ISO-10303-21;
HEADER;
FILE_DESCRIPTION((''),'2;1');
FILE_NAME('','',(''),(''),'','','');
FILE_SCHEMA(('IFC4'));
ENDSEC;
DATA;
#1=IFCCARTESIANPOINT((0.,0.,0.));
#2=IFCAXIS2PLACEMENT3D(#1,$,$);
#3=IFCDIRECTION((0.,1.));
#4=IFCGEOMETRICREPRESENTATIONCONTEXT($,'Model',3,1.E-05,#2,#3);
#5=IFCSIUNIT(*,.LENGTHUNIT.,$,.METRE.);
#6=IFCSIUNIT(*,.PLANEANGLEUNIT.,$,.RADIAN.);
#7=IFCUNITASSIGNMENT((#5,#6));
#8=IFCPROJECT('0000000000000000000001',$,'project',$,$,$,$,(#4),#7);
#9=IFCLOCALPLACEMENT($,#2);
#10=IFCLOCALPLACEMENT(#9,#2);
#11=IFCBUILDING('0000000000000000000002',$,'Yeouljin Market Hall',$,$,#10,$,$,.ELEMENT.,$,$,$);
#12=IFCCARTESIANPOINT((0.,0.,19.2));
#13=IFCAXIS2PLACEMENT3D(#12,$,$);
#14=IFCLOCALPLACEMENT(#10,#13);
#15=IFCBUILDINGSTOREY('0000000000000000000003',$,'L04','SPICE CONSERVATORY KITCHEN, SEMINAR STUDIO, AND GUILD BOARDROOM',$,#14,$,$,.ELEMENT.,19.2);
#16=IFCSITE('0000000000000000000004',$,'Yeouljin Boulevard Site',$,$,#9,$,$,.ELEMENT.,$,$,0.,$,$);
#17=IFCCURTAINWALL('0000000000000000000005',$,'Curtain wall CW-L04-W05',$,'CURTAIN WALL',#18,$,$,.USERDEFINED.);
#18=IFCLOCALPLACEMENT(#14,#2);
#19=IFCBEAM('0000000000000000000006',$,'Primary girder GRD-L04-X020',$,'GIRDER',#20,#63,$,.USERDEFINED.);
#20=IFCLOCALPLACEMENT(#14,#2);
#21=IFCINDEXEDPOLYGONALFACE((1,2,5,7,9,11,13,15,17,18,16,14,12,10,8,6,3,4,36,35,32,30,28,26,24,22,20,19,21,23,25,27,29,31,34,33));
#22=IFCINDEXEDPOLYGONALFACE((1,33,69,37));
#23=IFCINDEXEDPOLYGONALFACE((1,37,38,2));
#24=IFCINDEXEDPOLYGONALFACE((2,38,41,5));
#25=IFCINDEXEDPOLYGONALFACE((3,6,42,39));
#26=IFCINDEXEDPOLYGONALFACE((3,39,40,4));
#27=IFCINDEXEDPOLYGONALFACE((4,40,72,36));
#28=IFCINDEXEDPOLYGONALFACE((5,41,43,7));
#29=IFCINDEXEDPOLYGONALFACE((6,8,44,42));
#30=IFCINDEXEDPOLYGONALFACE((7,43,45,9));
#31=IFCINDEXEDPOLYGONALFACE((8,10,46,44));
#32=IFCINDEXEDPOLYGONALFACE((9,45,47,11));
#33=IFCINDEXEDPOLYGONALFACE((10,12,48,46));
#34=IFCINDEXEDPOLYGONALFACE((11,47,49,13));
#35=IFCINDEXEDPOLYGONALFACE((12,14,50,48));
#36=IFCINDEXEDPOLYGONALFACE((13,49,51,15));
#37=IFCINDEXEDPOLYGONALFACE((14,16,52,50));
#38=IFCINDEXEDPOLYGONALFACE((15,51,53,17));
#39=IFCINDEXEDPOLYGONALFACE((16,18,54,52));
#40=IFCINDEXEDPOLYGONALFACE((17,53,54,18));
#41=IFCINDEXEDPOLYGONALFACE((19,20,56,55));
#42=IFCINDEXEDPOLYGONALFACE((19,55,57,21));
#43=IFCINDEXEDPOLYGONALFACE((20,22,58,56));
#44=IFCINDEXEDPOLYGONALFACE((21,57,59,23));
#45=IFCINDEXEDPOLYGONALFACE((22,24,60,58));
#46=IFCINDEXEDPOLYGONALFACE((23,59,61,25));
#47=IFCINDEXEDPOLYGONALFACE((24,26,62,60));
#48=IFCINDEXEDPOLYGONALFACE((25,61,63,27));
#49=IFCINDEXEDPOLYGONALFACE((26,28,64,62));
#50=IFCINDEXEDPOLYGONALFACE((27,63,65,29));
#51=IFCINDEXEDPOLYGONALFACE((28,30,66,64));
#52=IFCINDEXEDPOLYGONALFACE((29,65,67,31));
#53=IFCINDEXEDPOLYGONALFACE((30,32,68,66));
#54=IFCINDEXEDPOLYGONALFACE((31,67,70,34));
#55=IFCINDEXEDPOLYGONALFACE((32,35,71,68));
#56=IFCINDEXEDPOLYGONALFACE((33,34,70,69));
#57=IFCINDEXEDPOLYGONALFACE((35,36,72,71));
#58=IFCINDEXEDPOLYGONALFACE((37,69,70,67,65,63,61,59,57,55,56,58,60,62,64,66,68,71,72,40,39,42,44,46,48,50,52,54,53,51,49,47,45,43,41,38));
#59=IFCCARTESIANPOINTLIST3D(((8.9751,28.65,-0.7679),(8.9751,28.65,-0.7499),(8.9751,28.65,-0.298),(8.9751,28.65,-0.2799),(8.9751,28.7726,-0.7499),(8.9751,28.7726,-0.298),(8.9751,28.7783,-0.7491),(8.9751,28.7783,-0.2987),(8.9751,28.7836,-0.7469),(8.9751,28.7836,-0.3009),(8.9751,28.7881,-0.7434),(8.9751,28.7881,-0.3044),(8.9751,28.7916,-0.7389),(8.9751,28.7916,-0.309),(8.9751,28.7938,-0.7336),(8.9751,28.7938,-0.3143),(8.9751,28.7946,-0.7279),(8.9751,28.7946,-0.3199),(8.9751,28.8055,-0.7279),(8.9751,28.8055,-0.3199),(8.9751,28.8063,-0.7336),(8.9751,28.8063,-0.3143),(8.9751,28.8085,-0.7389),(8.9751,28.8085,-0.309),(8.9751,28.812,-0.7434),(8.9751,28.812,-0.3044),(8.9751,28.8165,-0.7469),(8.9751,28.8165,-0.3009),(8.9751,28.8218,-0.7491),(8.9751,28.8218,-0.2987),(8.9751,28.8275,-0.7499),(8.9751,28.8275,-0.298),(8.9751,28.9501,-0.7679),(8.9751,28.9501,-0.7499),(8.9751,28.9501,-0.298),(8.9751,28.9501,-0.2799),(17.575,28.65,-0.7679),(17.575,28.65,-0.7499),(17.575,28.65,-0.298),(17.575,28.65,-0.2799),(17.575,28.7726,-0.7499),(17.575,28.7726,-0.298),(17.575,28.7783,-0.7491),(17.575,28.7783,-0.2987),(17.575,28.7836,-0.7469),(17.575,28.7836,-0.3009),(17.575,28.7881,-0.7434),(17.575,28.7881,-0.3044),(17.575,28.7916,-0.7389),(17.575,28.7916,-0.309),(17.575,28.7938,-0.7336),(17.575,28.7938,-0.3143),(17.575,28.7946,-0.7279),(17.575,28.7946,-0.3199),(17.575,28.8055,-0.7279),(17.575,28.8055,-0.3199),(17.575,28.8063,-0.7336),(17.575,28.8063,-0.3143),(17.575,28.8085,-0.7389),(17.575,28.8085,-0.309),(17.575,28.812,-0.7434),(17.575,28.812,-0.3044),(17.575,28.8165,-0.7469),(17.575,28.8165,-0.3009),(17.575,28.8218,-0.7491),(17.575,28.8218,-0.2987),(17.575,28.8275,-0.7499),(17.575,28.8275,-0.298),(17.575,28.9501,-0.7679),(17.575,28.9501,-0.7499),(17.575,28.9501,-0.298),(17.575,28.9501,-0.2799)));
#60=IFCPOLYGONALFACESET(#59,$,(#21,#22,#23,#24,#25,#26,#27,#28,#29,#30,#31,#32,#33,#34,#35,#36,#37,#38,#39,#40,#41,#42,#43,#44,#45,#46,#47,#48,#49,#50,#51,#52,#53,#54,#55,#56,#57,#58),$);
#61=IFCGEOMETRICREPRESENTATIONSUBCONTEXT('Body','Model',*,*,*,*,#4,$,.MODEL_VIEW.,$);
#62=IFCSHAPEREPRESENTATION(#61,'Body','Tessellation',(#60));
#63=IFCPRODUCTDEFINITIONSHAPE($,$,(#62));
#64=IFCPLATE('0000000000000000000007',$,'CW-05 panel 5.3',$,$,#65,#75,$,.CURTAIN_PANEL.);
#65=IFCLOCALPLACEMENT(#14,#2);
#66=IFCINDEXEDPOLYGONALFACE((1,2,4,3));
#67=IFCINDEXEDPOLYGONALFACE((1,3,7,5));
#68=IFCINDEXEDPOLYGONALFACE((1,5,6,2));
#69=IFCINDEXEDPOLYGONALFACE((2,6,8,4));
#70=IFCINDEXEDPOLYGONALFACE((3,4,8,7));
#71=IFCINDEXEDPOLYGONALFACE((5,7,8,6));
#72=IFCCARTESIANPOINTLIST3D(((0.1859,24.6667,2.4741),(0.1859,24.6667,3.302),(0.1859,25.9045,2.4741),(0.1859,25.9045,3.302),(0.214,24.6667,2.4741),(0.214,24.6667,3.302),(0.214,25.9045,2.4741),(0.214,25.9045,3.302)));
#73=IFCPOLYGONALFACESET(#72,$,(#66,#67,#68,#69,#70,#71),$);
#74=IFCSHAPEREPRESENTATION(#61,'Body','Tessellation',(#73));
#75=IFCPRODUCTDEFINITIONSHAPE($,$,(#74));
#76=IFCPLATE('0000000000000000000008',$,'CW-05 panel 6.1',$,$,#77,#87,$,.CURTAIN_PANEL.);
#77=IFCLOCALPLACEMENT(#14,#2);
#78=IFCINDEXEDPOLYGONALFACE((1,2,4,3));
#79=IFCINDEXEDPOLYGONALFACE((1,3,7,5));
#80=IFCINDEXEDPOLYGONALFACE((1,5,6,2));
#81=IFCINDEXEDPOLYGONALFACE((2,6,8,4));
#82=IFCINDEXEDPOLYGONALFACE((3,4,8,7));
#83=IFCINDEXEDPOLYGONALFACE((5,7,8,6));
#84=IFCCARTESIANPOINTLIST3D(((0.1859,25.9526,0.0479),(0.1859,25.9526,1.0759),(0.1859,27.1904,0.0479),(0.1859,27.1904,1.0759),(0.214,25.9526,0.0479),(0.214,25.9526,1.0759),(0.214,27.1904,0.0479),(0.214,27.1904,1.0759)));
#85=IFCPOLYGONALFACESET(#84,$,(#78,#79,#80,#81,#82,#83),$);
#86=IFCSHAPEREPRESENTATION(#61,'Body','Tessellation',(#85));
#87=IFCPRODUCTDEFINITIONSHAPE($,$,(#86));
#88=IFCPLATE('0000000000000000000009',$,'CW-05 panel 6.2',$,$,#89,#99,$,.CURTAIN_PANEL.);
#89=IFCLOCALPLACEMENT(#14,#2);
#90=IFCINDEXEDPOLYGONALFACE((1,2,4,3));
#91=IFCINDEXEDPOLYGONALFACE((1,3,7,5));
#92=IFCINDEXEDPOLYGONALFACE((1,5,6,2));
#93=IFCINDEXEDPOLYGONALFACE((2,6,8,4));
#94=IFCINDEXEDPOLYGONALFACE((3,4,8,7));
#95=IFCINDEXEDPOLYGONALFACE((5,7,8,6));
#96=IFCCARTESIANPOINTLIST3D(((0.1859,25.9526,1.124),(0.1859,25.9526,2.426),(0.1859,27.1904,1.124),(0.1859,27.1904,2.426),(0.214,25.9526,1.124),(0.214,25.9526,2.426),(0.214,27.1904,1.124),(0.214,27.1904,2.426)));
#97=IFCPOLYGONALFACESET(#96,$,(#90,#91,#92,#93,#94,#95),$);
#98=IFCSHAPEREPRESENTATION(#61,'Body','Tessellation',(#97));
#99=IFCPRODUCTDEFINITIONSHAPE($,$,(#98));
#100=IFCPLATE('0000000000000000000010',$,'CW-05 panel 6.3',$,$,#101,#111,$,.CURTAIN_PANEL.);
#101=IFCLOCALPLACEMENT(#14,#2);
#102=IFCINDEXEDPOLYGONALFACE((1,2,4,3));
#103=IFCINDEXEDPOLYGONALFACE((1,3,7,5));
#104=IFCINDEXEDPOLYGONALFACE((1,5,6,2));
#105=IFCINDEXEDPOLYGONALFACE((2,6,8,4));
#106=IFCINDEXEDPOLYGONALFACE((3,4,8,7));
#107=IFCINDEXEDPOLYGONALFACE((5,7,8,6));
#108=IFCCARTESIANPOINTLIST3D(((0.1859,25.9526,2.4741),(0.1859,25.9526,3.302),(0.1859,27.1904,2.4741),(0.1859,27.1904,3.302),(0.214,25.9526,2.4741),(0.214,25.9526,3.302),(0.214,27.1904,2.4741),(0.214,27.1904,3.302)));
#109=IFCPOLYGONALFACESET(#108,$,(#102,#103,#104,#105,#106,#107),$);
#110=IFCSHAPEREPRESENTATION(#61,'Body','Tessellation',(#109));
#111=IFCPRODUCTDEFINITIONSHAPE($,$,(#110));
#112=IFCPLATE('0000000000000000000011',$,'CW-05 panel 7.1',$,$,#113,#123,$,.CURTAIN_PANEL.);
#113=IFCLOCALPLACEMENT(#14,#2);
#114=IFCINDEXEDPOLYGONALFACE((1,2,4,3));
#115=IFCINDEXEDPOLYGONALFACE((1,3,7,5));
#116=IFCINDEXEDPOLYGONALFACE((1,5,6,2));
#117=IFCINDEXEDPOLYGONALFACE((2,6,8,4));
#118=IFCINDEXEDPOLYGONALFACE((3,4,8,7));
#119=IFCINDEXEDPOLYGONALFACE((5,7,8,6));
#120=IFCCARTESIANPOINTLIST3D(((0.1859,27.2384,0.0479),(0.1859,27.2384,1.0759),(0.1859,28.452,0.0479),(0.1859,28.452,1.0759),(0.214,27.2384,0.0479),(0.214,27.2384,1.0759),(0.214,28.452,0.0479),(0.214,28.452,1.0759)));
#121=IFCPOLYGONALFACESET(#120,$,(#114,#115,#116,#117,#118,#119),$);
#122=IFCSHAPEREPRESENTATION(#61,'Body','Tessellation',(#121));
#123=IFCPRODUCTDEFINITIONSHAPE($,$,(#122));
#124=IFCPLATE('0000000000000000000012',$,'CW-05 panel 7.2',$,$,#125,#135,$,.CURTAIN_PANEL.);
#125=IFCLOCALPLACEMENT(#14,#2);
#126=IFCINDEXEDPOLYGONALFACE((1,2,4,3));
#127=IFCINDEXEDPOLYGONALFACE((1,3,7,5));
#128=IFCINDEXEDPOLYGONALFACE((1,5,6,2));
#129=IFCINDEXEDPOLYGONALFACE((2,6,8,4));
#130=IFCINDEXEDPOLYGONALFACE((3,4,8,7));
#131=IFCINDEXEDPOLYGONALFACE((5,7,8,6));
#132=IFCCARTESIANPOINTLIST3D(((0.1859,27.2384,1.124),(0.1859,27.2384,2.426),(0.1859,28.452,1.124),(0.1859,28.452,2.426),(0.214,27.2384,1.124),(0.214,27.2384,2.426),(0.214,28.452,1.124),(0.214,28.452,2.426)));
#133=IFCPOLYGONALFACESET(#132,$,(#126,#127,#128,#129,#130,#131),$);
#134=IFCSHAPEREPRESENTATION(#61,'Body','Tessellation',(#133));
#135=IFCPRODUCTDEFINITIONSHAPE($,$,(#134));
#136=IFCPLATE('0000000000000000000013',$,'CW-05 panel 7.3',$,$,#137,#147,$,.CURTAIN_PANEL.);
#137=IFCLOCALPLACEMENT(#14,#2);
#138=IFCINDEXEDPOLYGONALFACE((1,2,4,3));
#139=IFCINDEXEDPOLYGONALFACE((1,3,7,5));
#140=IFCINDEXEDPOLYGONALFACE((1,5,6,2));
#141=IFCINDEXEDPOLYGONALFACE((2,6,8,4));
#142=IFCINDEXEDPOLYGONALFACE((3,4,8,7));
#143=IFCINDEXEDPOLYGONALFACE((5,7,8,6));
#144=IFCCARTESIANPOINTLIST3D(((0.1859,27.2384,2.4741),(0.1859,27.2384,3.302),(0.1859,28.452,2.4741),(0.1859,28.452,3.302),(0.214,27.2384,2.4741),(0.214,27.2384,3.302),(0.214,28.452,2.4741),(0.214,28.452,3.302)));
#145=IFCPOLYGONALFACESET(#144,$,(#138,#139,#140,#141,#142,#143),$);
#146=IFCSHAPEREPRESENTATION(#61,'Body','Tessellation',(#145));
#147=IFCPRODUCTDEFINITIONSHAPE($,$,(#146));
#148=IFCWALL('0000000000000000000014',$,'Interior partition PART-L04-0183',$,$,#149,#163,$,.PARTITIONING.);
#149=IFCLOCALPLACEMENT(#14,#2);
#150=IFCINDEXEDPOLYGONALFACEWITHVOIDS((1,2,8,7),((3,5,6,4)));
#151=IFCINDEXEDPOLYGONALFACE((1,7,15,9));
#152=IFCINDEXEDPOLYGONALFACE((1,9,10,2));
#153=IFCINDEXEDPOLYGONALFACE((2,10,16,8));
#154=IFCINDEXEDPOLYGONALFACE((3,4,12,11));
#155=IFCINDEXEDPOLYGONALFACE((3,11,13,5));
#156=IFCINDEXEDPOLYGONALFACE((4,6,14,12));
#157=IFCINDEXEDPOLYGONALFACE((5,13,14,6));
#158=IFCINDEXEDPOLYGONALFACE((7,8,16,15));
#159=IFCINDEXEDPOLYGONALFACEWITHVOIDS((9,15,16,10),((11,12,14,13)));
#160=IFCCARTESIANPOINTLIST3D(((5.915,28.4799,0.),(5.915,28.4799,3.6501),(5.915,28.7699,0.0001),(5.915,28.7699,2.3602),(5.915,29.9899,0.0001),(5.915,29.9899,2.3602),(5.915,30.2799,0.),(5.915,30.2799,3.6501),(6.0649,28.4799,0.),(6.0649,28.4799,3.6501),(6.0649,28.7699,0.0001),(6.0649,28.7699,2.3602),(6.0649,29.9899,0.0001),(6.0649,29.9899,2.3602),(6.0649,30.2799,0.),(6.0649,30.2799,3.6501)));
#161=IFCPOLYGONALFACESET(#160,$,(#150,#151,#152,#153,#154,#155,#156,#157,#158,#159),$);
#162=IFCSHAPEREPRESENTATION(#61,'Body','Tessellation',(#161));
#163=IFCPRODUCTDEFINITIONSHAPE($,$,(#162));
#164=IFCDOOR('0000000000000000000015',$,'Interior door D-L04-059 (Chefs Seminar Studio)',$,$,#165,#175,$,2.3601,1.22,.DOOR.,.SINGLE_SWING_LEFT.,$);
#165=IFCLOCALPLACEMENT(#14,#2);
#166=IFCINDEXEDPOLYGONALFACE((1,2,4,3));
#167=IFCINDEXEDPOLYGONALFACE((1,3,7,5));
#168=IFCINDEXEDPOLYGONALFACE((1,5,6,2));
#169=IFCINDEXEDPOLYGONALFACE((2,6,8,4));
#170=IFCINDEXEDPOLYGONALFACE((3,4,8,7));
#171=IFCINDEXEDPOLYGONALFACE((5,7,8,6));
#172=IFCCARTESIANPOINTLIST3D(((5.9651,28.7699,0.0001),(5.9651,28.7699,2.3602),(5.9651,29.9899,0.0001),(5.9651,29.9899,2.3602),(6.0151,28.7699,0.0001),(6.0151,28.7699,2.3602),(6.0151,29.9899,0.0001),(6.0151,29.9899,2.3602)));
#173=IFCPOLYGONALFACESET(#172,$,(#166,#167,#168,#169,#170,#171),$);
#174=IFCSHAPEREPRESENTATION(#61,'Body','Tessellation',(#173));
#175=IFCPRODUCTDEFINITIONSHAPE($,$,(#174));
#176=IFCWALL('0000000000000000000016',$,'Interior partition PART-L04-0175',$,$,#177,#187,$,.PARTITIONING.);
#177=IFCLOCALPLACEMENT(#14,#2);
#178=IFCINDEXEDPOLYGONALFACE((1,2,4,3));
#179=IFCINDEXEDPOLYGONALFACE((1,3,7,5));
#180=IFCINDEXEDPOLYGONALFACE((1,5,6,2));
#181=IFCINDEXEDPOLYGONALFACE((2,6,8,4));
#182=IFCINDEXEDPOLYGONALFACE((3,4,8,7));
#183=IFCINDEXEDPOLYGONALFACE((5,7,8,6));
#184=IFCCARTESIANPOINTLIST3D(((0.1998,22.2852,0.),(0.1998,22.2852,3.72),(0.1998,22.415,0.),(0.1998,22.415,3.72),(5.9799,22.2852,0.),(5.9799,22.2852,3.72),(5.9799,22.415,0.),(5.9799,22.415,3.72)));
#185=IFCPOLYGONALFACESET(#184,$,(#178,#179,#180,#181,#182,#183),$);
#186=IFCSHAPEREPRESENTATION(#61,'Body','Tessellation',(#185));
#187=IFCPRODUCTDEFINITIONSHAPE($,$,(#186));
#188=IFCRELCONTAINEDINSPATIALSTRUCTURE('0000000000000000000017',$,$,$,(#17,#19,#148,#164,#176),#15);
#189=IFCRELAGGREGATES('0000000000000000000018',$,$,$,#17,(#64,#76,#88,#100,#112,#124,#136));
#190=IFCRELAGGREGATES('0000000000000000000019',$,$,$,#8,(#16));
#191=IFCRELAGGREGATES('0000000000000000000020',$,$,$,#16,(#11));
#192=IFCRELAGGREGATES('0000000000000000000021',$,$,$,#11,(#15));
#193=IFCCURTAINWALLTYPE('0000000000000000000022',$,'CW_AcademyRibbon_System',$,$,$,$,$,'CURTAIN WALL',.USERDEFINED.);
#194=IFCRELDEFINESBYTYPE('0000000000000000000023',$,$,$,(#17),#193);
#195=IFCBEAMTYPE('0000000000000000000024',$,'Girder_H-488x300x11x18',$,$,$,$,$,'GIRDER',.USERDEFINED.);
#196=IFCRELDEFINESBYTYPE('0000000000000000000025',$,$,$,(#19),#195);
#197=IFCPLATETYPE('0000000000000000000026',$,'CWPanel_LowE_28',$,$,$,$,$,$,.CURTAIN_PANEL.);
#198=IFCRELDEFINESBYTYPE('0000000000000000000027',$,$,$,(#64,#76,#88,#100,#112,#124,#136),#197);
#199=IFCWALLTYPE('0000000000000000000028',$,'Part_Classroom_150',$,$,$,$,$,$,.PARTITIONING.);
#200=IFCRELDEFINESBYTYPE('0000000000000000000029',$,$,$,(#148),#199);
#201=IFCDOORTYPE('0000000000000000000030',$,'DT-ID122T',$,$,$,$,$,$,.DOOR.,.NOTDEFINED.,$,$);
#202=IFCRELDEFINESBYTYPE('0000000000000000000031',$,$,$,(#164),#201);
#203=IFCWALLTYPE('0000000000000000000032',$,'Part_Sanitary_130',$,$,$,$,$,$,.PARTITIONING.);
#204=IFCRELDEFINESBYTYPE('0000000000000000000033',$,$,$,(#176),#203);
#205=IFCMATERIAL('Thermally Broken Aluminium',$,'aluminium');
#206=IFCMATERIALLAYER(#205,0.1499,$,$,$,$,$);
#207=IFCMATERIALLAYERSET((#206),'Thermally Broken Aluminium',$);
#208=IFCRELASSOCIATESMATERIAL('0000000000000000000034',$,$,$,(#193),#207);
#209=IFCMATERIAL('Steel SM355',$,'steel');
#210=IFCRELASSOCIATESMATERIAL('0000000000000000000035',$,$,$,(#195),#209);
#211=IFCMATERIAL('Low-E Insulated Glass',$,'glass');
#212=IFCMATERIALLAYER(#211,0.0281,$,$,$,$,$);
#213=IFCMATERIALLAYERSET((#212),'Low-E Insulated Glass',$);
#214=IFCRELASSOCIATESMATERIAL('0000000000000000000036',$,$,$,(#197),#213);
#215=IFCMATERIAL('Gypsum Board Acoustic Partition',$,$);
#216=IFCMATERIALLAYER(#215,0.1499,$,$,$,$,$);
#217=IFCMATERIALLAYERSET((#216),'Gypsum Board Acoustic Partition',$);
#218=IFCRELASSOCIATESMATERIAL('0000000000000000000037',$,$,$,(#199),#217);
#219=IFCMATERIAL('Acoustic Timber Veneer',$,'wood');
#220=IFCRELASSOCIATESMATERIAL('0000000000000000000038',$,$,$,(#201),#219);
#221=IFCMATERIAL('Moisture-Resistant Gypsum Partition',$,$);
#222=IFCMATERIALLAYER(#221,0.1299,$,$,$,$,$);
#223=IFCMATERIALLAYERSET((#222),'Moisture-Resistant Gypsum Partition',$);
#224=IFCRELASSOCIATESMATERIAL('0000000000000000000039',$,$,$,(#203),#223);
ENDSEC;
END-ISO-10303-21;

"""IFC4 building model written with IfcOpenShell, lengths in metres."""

from ifc_helpers import new_model, si_unit, direction, frame, frame_2d, origin, origin_2d, place, context, subcontext, project, spatial, rectangle, i_section, extrude, material, layer, layer_set, material_profile, profile_set, type_object, element, fill, aggregate, save


model = new_model("IFC4")

# Units and contexts
model_context = context("Model", 3, precision=1e-05, world=origin(), true_north=direction((0.0, 1.0)))
body_context = subcontext(model_context, "Body", "Model", "MODEL_VIEW")
ifc_project = project(units=[si_unit("LENGTHUNIT", "METRE"), si_unit("PLANEANGLEUNIT", "RADIAN")], contexts=[model_context])

# Site, building, storey
site_placement = place(None, origin())
site = spatial("IfcSite", under=ifc_project, at=site_placement, Name="Yeouljin Boulevard Site", CompositionType="ELEMENT", RefElevation=0.0)
building_placement = place(site_placement, origin())
building = spatial("IfcBuilding", under=site, at=building_placement, Name="Yeouljin Market Hall", CompositionType="ELEMENT")
storey_placement = place(building_placement, frame((0.0, 0.0, 19.2)))
storey = spatial("IfcBuildingStorey", under=building, at=storey_placement, Name="L04", Description="SPICE CONSERVATORY KITCHEN, SEMINAR STUDIO, AND GUILD BOARDROOM", CompositionType="ELEMENT", Elevation=19.2)

# Curtain wall
ifc_material_1 = material(Name="Thermally Broken Aluminium", Category="aluminium")
ifc_layer_1 = layer(ifc_material_1, 0.1499)
ifc_layer_set_1 = layer_set([ifc_layer_1], Name="Thermally Broken Aluminium")
curtain_wall_type = type_object("IfcCurtainWallType", Name="CW_AcademyRibbon_System", ElementType="CURTAIN WALL", PredefinedType="USERDEFINED", material=ifc_layer_set_1)
curtain_wall_placement = place(storey_placement, origin())
curtain_wall = element("IfcCurtainWall", 1, at=curtain_wall_placement, inside=storey, type_object=curtain_wall_type, Name="Curtain wall CW-L04-W05", ObjectType="CURTAIN WALL", PredefinedType="USERDEFINED")

# Beam
ifc_material_2 = material(Name="Steel SM355", Category="steel")
ifc_material_profile_1 = material_profile(ifc_material_2, i_section(OverallWidth=0.3, OverallDepth=0.488, WebThickness=0.011, FlangeThickness=0.0181, FilletRadius=0.022, at=origin_2d()), Name="H-488x300x11x18")
ifc_profile_set_1 = profile_set([ifc_material_profile_1], Name="Steel SM355")
beam_type = type_object("IfcBeamType", Name="Girder_H-488x300x11x18", ElementType="GIRDER", PredefinedType="USERDEFINED", material=ifc_profile_set_1)
beam_placement = place(storey_placement, frame((8.9751, 28.8, -0.5239), z_axis=(1.0, 0.0, 0.0), x_axis=(0.0, 1.0, 0.0)))
element("IfcBeam", 2, at=beam_placement, inside=storey, type_object=beam_type, Name="Primary girder GRD-L04-X020", ObjectType="GIRDER", PredefinedType="USERDEFINED", context=body_context, shape_type="SweptSolid", body=[
    extrude(i_section(OverallWidth=0.3, OverallDepth=0.488, WebThickness=0.011, FlangeThickness=0.0181, FilletRadius=0.022, at=origin_2d()), origin(), (0.0, 0.0, 1.0), 8.5999),
])

# Plates
ifc_material_3 = material(Name="Low-E Insulated Glass", Category="glass")
ifc_layer_2 = layer(ifc_material_3, 0.0281)
ifc_layer_set_2 = layer_set([ifc_layer_2], Name="Low-E Insulated Glass")
plate_type = type_object("IfcPlateType", Name="CWPanel_LowE_28", PredefinedType="CURTAIN_PANEL", material=ifc_layer_set_2)
plate_1_placement = place(storey_placement, frame((0.2, 25.2856, 2.4741), z_axis=(0.0, 0.0, 1.0), x_axis=(0.0, 1.0, 0.0)))
plate_1 = element("IfcPlate", 3, at=plate_1_placement, type_object=plate_type, Name="CW-05 panel 5.3", PredefinedType="CURTAIN_PANEL", context=body_context, shape_type="SweptSolid", body=[
    extrude(rectangle(XDim=1.2378, YDim=0.0281, at=origin_2d()), origin(), (0.0, 0.0, 1.0), 0.8279),
])
plate_2_placement = place(storey_placement, frame((0.2, 26.5715, 0.0479), z_axis=(0.0, 0.0, 1.0), x_axis=(0.0, 1.0, 0.0)))
plate_2 = element("IfcPlate", 4, at=plate_2_placement, type_object=plate_type, Name="CW-05 panel 6.1", PredefinedType="CURTAIN_PANEL", context=body_context, shape_type="SweptSolid", body=[
    extrude(rectangle(XDim=1.2378, YDim=0.0281, at=origin_2d()), origin(), (0.0, 0.0, 1.0), 1.0281),
])
plate_3_placement = place(storey_placement, frame((0.2, 26.5715, 1.124), z_axis=(0.0, 0.0, 1.0), x_axis=(0.0, 1.0, 0.0)))
plate_3 = element("IfcPlate", 5, at=plate_3_placement, type_object=plate_type, Name="CW-05 panel 6.2", PredefinedType="CURTAIN_PANEL", context=body_context, shape_type="SweptSolid", body=[
    extrude(rectangle(XDim=1.2378, YDim=0.0281, at=origin_2d()), origin(), (0.0, 0.0, 1.0), 1.302),
])
plate_4_placement = place(storey_placement, frame((0.2, 26.5715, 2.4741), z_axis=(0.0, 0.0, 1.0), x_axis=(0.0, 1.0, 0.0)))
plate_4 = element("IfcPlate", 6, at=plate_4_placement, type_object=plate_type, Name="CW-05 panel 6.3", PredefinedType="CURTAIN_PANEL", context=body_context, shape_type="SweptSolid", body=[
    extrude(rectangle(XDim=1.2378, YDim=0.0281, at=origin_2d()), origin(), (0.0, 0.0, 1.0), 0.8279),
])
plate_5_placement = place(storey_placement, frame((0.2, 27.8452, 0.0479), z_axis=(0.0, 0.0, 1.0), x_axis=(0.0, 1.0, 0.0)))
plate_5 = element("IfcPlate", 7, at=plate_5_placement, type_object=plate_type, Name="CW-05 panel 7.1", PredefinedType="CURTAIN_PANEL", context=body_context, shape_type="SweptSolid", body=[
    extrude(rectangle(XDim=1.2136, YDim=0.0281, at=origin_2d()), origin(), (0.0, 0.0, 1.0), 1.0281),
])
plate_6_placement = place(storey_placement, frame((0.2, 27.8452, 1.124), z_axis=(0.0, 0.0, 1.0), x_axis=(0.0, 1.0, 0.0)))
plate_6 = element("IfcPlate", 8, at=plate_6_placement, type_object=plate_type, Name="CW-05 panel 7.2", PredefinedType="CURTAIN_PANEL", context=body_context, shape_type="SweptSolid", body=[
    extrude(rectangle(XDim=1.2136, YDim=0.0281, at=origin_2d()), origin(), (0.0, 0.0, 1.0), 1.302),
])
plate_7_placement = place(storey_placement, frame((0.2, 27.8452, 2.4741), z_axis=(0.0, 0.0, 1.0), x_axis=(0.0, 1.0, 0.0)))
plate_7 = element("IfcPlate", 9, at=plate_7_placement, type_object=plate_type, Name="CW-05 panel 7.3", PredefinedType="CURTAIN_PANEL", context=body_context, shape_type="SweptSolid", body=[
    extrude(rectangle(XDim=1.2136, YDim=0.0281, at=origin_2d()), origin(), (0.0, 0.0, 1.0), 0.8279),
])
aggregate(curtain_wall, [plate_1, plate_2, plate_3, plate_4, plate_5, plate_6, plate_7])

# Wall, opening, door
ifc_material_4 = material(Name="Gypsum Board Acoustic Partition")
ifc_layer_3 = layer(ifc_material_4, 0.1499)
ifc_layer_set_3 = layer_set([ifc_layer_3], Name="Gypsum Board Acoustic Partition")
wall_type_1 = type_object("IfcWallType", Name="Part_Classroom_150", PredefinedType="PARTITIONING", material=ifc_layer_set_3)
wall_1_placement = place(storey_placement, frame((5.99, 28.48, 0.0), z_axis=(0.0, 0.0, 1.0), x_axis=(0.0, 1.0, 0.0)))
wall_1 = element("IfcWall", 10, at=wall_1_placement, inside=storey, type_object=wall_type_1, Name="Interior partition PART-L04-0183", PredefinedType="PARTITIONING", context=body_context, shape_type="SweptSolid", body=[
    extrude(rectangle(XDim=1.8, YDim=0.1499, at=frame_2d((0.8999, 0.0))), origin(), (0.0, 0.0, 1.0), 3.6501),
])
opening_1_placement = place(wall_1_placement, frame((0.29, 0.0, 0.0)))
opening_1 = element("IfcOpeningElement", 11, at=opening_1_placement, cuts=wall_1, PredefinedType="OPENING", context=body_context, shape_type="SweptSolid", body=[
    extrude(rectangle(XDim=1.22, YDim=2.3601, at=frame_2d((0.6099, 1.1802))), frame((0.0, 0.085, 0.0), z_axis=(0.0, -1.0, 0.0), x_axis=(1.0, 0.0, 0.0)), (0.0, 0.0, 1.0), 0.1699),
])
ifc_material_5 = material(Name="Acoustic Timber Veneer", Category="wood")
door_type_1 = type_object("IfcDoorType", Name="DT-ID122T", OperationType="NOTDEFINED", PredefinedType="DOOR", material=ifc_material_5)
door_1_placement = place(opening_1_placement, origin())
door_1 = element("IfcDoor", 12, at=door_1_placement, inside=storey, type_object=door_type_1, Name="Interior door D-L04-059 (Chefs Seminar Studio)", OperationType="SINGLE_SWING_LEFT", OverallHeight=2.3601, OverallWidth=1.22, PredefinedType="DOOR", context=body_context, shape_type="SweptSolid", body=[
    extrude(rectangle(XDim=1.22, YDim=2.3601, at=frame_2d((0.6099, 1.1802))), frame((0.0, 0.0249, 0.0), z_axis=(0.0, -1.0, 0.0), x_axis=(1.0, 0.0, 0.0)), (0.0, 0.0, 1.0), 0.05),
])
fill(opening_1, door_1)

# Wall
ifc_material_6 = material(Name="Moisture-Resistant Gypsum Partition")
ifc_layer_4 = layer(ifc_material_6, 0.1299)
ifc_layer_set_4 = layer_set([ifc_layer_4], Name="Moisture-Resistant Gypsum Partition")
wall_type_2 = type_object("IfcWallType", Name="Part_Sanitary_130", PredefinedType="PARTITIONING", material=ifc_layer_set_4)
wall_2_placement = place(storey_placement, frame((5.98, 22.3501, 0.0), z_axis=(0.0, 0.0, 1.0), x_axis=(-1.0, 0.0, 0.0)))
element("IfcWall", 13, at=wall_2_placement, inside=storey, type_object=wall_type_2, Name="Interior partition PART-L04-0175", PredefinedType="PARTITIONING", context=body_context, shape_type="SweptSolid", body=[
    extrude(rectangle(XDim=5.78, YDim=0.1299, at=frame_2d((2.8901, 0.0))), origin(), (0.0, 0.0, 1.0), 3.72),
])

save(model, "model.ifc")
